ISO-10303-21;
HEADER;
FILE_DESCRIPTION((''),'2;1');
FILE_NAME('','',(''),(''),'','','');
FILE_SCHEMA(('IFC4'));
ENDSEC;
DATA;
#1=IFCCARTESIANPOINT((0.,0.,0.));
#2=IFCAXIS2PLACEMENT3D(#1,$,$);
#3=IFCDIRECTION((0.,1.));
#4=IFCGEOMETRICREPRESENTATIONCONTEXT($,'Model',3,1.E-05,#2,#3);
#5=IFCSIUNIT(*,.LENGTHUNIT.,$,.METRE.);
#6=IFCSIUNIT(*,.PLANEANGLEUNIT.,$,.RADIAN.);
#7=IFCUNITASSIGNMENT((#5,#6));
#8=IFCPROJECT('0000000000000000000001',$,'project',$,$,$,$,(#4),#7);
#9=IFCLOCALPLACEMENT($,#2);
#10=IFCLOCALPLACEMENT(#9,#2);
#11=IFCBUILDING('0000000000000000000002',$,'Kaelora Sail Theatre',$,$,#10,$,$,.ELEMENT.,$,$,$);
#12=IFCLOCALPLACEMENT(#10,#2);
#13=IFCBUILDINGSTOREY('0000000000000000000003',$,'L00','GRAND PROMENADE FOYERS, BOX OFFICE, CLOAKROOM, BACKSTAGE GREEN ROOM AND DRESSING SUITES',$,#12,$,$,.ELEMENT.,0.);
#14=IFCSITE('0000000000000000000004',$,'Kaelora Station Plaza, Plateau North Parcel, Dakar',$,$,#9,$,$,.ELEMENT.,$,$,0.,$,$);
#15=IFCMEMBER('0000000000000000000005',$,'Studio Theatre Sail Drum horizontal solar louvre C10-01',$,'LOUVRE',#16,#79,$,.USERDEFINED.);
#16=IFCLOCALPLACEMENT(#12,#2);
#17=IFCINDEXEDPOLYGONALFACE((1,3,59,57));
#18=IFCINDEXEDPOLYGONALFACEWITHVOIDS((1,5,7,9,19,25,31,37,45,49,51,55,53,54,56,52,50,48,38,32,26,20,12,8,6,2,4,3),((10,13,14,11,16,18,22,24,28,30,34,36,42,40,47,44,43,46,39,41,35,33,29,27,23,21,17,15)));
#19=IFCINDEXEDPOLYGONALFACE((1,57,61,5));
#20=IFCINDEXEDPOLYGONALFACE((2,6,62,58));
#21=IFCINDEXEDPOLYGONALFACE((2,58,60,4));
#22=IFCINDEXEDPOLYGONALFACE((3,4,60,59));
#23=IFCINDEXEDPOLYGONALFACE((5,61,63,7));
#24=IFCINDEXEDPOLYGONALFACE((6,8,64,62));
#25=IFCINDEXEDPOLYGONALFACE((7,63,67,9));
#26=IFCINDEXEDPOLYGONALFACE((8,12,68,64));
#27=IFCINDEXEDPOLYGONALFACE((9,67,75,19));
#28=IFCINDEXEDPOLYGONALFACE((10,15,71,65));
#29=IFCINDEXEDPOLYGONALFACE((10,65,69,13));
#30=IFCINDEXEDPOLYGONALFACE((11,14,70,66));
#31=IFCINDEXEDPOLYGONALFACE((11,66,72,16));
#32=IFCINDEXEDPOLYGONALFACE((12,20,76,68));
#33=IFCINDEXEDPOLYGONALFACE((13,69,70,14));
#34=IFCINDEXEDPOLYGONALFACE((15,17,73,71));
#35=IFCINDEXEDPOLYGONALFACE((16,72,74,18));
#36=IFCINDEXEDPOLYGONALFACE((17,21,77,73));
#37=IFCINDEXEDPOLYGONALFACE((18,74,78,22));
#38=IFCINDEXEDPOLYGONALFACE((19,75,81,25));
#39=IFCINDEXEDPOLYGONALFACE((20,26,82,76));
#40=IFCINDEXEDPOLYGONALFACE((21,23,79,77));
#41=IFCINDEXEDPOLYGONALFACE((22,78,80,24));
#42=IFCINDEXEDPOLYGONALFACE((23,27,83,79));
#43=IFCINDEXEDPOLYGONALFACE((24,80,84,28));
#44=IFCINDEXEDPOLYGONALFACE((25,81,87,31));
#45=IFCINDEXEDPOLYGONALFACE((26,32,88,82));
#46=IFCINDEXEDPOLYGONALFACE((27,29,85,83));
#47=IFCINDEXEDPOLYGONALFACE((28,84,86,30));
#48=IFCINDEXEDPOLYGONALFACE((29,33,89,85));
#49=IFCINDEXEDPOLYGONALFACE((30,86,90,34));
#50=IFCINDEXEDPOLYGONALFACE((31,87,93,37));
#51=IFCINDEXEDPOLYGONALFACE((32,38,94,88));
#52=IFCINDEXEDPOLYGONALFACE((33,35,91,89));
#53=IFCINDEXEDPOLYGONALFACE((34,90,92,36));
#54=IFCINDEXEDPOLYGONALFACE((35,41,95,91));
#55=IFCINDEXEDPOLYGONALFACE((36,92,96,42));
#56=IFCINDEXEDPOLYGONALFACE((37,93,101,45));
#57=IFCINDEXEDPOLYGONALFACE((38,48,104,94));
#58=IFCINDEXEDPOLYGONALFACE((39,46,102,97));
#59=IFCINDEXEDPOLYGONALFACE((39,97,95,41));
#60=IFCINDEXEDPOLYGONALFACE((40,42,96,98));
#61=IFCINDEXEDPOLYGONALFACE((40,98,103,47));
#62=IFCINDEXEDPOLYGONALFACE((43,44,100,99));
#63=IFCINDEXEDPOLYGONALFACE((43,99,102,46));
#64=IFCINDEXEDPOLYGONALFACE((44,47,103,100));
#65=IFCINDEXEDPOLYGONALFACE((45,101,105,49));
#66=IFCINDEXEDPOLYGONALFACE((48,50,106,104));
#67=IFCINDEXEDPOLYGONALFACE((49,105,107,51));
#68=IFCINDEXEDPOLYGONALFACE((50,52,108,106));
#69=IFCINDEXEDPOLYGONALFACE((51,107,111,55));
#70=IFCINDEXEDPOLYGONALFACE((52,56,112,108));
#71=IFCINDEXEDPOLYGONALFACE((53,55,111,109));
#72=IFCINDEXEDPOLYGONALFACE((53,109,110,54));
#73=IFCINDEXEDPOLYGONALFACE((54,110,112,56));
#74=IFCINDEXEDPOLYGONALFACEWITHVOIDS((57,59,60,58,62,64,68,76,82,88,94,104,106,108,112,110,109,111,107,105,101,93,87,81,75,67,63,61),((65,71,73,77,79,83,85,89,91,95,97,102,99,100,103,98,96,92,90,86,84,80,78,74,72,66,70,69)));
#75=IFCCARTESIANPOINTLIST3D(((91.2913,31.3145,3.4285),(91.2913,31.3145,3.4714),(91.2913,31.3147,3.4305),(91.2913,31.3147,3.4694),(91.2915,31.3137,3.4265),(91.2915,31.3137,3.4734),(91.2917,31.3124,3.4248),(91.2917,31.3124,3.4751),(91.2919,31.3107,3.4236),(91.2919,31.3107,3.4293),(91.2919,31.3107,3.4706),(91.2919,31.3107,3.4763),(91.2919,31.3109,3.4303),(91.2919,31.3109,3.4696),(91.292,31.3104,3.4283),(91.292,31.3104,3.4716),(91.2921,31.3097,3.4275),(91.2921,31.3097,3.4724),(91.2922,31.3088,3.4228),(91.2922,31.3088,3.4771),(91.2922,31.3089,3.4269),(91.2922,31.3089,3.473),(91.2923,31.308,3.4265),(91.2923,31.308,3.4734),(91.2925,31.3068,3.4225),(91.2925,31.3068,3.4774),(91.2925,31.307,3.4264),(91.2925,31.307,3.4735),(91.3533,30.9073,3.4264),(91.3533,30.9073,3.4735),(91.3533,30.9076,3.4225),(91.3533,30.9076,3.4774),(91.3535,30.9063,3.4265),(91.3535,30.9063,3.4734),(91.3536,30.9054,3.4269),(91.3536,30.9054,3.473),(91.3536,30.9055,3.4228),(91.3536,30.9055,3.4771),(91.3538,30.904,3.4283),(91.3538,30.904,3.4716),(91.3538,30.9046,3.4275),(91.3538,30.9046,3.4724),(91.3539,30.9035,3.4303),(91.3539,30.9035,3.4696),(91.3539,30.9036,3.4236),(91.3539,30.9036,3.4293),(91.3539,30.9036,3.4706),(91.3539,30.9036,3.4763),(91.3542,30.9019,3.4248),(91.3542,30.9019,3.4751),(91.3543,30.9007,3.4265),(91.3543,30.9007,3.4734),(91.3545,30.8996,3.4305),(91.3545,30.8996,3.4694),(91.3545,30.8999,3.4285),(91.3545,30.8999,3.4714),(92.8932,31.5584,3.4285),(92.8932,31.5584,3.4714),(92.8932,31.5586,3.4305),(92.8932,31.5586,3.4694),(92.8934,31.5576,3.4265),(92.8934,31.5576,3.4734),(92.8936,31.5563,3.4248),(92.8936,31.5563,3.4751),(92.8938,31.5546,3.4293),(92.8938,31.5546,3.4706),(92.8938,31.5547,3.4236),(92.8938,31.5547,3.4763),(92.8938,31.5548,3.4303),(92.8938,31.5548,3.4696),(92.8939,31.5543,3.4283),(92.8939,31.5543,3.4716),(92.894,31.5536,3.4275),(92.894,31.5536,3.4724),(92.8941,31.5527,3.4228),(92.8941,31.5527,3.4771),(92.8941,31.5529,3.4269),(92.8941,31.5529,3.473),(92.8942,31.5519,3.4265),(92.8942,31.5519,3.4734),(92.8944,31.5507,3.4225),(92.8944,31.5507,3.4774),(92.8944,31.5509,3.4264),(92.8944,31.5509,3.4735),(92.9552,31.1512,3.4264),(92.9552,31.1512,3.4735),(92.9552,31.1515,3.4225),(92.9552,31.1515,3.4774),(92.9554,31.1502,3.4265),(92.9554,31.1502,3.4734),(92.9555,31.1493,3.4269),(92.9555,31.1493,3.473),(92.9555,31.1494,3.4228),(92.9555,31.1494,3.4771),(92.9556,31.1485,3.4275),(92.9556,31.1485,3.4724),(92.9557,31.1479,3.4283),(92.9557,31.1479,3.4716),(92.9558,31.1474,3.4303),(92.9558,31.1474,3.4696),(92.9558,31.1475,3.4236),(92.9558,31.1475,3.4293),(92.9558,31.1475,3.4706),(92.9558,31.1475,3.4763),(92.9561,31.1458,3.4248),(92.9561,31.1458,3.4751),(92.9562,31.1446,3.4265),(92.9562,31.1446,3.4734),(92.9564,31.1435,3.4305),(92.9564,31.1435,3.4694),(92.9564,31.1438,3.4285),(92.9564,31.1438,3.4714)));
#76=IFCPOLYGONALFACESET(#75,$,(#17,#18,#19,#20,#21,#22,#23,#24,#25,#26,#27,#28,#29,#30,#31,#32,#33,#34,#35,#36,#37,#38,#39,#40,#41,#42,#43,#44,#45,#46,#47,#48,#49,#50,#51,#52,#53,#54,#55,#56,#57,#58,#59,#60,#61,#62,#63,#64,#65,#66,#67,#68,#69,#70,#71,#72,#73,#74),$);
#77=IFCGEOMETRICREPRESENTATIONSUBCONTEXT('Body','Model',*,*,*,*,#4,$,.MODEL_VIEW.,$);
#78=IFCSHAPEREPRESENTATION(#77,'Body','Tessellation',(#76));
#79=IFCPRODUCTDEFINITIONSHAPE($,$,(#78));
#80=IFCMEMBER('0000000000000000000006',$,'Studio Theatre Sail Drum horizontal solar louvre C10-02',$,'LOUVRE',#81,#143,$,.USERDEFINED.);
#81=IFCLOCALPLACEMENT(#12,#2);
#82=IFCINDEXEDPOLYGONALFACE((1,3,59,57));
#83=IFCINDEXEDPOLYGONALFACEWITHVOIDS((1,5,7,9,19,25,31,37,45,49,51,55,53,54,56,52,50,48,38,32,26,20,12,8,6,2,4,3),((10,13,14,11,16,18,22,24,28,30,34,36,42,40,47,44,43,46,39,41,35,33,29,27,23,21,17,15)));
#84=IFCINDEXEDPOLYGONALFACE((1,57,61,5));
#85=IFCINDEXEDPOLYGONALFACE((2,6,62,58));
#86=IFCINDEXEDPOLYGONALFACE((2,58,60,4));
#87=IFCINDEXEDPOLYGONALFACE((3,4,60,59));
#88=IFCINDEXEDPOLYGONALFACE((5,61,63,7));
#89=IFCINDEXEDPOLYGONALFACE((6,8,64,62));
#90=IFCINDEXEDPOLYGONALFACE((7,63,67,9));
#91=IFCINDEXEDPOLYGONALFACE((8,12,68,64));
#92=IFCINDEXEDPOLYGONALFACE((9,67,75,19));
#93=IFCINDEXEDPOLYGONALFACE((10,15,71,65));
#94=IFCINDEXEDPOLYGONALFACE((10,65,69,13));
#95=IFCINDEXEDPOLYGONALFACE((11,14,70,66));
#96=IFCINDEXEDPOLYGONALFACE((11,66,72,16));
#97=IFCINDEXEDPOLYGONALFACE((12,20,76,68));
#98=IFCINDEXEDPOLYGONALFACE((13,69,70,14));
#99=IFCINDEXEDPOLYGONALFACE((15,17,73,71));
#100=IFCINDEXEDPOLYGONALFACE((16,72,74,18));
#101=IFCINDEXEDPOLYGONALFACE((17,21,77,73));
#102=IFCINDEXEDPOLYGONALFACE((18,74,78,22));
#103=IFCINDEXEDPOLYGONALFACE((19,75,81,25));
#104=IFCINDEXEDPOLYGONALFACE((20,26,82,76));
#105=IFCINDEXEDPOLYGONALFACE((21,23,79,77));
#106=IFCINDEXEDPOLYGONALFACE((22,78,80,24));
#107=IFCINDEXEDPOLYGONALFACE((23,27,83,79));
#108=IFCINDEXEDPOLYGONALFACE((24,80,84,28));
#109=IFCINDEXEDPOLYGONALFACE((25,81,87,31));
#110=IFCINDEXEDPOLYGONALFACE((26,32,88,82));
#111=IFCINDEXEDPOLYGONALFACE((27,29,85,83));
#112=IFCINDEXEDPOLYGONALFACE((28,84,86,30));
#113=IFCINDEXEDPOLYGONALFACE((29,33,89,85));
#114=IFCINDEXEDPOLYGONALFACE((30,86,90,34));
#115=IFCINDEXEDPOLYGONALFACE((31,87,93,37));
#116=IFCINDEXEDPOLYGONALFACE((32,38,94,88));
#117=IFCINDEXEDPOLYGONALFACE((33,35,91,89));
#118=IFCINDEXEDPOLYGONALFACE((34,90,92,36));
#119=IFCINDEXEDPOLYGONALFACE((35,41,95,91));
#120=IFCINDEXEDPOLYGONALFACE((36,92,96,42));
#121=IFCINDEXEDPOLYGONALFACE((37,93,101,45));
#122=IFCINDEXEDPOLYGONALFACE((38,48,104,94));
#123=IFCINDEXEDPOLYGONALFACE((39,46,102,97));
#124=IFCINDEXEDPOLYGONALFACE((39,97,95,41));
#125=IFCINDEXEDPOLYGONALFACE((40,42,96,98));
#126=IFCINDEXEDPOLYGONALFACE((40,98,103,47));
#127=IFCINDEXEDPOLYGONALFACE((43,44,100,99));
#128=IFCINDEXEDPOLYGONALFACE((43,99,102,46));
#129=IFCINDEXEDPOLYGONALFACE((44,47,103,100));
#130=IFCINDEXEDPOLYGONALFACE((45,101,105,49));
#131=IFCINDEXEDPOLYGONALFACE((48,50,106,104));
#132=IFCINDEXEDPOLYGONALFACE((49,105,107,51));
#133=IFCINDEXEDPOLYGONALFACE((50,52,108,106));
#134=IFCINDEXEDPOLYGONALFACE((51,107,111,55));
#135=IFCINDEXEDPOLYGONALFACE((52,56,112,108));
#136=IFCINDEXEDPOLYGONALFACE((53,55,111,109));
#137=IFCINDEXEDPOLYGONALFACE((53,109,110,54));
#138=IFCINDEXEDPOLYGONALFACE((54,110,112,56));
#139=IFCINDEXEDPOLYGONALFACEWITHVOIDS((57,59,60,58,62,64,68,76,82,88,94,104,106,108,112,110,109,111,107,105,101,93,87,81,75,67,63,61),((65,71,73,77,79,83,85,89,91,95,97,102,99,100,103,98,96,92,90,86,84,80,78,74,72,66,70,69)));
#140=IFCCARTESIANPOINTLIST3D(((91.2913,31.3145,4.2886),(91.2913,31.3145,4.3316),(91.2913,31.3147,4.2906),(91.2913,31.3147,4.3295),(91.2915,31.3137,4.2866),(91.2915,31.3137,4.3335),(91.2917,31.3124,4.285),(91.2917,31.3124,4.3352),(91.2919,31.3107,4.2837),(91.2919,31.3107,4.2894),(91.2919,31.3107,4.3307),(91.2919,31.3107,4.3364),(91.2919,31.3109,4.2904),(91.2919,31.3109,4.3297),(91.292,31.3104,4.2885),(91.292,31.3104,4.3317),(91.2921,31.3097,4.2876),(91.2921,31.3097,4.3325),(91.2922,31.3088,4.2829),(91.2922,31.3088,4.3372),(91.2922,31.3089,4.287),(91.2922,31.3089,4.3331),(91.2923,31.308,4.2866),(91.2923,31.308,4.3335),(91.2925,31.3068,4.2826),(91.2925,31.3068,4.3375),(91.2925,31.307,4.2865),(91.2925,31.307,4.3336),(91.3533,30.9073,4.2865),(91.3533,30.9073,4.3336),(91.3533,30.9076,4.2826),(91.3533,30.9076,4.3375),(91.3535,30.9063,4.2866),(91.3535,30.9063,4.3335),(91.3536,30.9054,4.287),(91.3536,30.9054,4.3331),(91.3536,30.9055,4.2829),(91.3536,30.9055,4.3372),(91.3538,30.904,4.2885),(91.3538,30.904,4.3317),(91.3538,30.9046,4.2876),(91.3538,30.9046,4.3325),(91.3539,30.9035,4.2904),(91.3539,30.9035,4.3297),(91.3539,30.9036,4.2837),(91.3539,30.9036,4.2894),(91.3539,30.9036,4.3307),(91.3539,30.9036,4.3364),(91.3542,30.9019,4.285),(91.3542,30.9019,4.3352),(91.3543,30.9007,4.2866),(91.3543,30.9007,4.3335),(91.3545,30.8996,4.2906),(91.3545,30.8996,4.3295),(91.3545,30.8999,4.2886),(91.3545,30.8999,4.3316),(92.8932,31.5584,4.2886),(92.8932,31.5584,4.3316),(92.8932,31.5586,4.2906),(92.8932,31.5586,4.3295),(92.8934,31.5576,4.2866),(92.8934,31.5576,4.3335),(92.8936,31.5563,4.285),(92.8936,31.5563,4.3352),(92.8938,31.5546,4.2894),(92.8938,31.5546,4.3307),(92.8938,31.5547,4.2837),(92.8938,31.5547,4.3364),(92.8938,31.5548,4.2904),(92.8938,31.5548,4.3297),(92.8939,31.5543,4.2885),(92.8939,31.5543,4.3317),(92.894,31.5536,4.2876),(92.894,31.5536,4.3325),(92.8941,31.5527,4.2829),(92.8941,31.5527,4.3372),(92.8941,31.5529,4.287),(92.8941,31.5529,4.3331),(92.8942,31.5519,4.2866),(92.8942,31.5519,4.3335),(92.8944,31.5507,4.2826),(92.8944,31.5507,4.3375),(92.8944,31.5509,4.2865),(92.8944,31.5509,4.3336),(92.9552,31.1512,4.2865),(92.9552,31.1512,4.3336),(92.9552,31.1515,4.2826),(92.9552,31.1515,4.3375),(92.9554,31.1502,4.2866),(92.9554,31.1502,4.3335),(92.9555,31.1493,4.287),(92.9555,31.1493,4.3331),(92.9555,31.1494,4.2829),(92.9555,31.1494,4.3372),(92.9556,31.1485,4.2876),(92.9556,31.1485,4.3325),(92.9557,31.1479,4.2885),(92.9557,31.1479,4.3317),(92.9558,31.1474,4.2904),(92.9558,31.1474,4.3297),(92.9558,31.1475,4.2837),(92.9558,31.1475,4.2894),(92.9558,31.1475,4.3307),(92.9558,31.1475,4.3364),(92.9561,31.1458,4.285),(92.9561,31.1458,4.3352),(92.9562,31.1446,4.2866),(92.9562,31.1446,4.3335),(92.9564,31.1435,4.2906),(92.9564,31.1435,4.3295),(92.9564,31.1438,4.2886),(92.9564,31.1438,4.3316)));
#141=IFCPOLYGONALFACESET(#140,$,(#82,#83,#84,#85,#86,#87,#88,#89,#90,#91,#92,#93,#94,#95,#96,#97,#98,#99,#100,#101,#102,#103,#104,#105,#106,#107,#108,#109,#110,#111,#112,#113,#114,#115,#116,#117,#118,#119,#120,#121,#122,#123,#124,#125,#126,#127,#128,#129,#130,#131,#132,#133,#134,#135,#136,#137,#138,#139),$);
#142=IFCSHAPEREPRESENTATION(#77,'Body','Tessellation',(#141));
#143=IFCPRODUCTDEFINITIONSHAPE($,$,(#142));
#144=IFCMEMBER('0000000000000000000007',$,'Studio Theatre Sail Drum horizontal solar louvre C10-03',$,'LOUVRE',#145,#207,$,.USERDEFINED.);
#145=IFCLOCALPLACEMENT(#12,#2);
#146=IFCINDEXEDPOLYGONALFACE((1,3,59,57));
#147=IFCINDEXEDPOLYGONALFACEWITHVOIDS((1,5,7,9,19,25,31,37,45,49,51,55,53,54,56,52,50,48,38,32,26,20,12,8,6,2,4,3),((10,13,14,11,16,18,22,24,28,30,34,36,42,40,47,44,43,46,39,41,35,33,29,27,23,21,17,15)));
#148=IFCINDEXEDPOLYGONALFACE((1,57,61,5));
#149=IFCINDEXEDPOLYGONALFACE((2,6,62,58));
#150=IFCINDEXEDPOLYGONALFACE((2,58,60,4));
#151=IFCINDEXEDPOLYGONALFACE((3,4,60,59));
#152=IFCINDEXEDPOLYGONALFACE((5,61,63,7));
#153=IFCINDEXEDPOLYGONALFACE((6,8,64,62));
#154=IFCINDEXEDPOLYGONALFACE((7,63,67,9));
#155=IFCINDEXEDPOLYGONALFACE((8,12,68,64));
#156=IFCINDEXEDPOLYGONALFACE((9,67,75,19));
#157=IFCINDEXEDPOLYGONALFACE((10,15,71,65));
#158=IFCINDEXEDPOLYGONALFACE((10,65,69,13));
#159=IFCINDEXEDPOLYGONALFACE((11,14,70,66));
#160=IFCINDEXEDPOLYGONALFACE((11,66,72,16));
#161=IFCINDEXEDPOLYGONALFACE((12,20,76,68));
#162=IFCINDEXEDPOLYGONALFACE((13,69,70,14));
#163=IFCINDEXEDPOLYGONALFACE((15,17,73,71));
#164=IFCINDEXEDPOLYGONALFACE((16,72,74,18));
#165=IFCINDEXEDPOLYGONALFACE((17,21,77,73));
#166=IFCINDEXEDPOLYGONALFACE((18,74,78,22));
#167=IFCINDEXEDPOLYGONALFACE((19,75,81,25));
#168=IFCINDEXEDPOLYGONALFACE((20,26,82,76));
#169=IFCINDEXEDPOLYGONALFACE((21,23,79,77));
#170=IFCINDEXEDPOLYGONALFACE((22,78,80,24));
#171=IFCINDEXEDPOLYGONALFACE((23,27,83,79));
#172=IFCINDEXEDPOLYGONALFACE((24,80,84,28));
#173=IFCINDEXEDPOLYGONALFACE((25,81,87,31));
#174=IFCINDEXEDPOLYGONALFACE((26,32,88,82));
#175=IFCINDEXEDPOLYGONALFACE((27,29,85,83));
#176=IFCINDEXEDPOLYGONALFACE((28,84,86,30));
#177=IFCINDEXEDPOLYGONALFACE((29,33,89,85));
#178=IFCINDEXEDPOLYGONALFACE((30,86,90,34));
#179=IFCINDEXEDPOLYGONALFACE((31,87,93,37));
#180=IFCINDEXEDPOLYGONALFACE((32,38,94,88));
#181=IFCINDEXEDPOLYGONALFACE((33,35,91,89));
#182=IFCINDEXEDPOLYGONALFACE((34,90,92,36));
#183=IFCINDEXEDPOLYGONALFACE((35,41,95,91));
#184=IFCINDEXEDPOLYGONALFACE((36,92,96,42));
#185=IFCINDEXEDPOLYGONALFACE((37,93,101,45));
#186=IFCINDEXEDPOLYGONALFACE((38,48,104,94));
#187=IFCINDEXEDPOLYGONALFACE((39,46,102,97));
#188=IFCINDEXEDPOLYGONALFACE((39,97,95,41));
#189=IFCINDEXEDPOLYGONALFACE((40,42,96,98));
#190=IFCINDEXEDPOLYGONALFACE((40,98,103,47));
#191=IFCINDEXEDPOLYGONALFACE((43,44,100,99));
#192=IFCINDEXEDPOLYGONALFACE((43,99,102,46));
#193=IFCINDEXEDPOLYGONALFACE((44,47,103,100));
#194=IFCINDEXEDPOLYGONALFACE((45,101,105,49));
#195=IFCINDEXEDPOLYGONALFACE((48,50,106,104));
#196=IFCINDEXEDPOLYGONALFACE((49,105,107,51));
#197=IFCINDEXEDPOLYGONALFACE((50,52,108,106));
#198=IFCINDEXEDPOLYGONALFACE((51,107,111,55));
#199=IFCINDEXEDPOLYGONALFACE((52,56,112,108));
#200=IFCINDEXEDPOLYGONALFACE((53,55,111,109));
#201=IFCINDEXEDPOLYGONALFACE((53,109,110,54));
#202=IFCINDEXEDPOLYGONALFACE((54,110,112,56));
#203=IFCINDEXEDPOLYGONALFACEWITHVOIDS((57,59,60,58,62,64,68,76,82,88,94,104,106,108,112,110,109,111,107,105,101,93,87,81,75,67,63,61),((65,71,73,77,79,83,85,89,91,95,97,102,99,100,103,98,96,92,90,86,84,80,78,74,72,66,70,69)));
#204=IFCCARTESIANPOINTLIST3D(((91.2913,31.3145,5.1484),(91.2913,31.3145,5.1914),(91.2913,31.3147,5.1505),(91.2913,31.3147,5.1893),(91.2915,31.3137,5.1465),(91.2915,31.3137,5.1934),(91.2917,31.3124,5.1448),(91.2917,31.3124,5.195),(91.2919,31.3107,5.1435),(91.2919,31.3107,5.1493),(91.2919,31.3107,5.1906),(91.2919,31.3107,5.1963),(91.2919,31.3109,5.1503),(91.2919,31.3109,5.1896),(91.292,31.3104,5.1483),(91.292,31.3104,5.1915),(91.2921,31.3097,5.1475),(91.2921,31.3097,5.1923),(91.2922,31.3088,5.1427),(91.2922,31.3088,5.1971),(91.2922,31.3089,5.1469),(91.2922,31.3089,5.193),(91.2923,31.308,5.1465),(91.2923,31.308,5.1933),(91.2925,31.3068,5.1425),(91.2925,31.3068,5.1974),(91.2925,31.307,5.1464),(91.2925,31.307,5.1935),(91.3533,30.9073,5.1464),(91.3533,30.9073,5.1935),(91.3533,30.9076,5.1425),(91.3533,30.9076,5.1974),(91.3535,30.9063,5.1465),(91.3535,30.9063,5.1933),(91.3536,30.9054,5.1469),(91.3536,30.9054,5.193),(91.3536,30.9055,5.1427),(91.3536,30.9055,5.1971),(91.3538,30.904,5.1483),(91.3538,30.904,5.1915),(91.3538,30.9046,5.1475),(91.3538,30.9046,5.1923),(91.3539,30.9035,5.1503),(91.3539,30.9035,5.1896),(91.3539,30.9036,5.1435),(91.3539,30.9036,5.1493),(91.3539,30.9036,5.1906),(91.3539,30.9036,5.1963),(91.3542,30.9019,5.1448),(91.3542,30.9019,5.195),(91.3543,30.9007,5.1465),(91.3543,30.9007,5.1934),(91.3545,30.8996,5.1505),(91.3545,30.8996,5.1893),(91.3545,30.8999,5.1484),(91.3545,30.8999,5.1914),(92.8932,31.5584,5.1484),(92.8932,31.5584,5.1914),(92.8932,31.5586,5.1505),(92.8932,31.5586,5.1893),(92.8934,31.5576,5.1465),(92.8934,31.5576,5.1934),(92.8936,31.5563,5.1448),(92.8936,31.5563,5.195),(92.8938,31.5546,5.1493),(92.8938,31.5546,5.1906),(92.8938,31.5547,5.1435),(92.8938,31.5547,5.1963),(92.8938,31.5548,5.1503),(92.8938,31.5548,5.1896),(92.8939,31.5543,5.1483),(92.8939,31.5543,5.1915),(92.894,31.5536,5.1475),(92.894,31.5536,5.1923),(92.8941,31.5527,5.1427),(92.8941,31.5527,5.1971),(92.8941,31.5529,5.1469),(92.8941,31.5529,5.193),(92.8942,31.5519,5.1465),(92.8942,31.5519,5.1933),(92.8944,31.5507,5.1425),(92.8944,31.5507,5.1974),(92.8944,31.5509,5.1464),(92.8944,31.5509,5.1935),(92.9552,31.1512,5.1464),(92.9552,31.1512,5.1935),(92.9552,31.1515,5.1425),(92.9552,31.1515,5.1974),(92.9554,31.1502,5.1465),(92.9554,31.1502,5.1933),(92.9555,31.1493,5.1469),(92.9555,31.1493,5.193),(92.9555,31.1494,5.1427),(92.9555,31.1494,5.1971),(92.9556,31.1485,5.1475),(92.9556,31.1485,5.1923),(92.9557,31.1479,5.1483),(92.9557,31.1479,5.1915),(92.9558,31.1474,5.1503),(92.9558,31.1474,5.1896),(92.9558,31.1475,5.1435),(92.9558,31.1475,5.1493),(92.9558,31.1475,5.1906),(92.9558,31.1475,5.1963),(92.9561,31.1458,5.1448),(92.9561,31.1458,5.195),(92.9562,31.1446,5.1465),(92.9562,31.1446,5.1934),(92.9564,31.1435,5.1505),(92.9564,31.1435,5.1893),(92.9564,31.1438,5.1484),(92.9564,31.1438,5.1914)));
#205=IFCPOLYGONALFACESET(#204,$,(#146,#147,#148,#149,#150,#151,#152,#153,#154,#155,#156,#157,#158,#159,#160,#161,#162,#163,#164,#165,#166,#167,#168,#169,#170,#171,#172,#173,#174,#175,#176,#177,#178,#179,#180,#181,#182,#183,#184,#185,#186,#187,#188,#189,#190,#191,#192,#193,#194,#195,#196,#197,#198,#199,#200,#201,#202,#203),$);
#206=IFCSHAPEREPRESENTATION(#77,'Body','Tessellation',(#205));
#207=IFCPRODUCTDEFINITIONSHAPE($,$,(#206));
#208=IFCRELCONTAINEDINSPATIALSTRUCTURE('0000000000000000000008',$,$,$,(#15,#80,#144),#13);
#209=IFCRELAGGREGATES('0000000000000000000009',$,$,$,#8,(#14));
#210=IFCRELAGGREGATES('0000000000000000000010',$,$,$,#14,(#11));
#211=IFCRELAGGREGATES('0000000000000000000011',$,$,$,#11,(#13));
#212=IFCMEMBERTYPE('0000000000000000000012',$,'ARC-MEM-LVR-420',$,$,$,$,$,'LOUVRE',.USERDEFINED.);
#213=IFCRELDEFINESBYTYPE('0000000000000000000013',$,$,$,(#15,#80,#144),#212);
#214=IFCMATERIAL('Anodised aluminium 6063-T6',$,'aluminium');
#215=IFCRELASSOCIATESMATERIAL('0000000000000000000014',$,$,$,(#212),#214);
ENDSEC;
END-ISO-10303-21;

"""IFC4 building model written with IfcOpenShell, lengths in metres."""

from ifc_helpers import new_model, si_unit, direction, frame, origin, origin_2d, place, context, subcontext, project, spatial, hollow_rectangle, extrude, material, material_profile, profile_set, type_object, element, save


model = new_model("IFC4")

# Units and contexts
model_context = context("Model", 3, precision=1e-05, world=origin(), true_north=direction((0.0, 1.0)))
body_context = subcontext(model_context, "Body", "Model", "MODEL_VIEW")
ifc_project = project(units=[si_unit("LENGTHUNIT", "METRE"), si_unit("PLANEANGLEUNIT", "RADIAN")], contexts=[model_context])

# Site, building, storey
site_placement = place(None, origin())
site = spatial("IfcSite", under=ifc_project, at=site_placement, Name="Kaelora Station Plaza, Plateau North Parcel, Dakar", CompositionType="ELEMENT", RefElevation=0.0)
building_placement = place(site_placement, origin())
building = spatial("IfcBuilding", under=site, at=building_placement, Name="Kaelora Sail Theatre", CompositionType="ELEMENT")
storey_placement = place(building_placement, origin())
storey = spatial("IfcBuildingStorey", under=building, at=storey_placement, Name="L00", Description="GRAND PROMENADE FOYERS, BOX OFFICE, CLOAKROOM, BACKSTAGE GREEN ROOM AND DRESSING SUITES", CompositionType="ELEMENT", Elevation=0.0)

# Members
ifc_material_1 = material(Name="Anodised aluminium 6063-T6", Category="aluminium")
ifc_material_profile_1 = material_profile(ifc_material_1, hollow_rectangle(XDim=0.4199, YDim=0.0549, WallThickness=0.0039, InnerFilletRadius=0.0039, OuterFilletRadius=0.0081, at=origin_2d()), Name="LOUVRE 420x55x4")
ifc_profile_set_1 = profile_set([ifc_material_profile_1], Name="Anodised aluminium 6063-T6")
member_type_1 = type_object("IfcMemberType", Name="ARC-MEM-LVR-420", ElementType="LOUVRE", PredefinedType="USERDEFINED", material=ifc_profile_set_1)
for number, where, z_axis, x_axis, name in (
    (1, (92.9248, 31.3511, 3.45), (-0.988606, -0.150528, 0.0), (0.150528, -0.988606, 0.0), "Studio Theatre Sail Drum horizontal solar louvre C10-01"),
    (2, (92.9248, 31.3511, 4.3101), (-0.988606, -0.150528, 0.0), (0.150528, -0.988606, 0.0), "Studio Theatre Sail Drum horizontal solar louvre C10-02"),
    (3, (92.9248, 31.3511, 5.1699), (-0.988606, -0.150528, 0.0), (0.150528, -0.988606, 0.0), "Studio Theatre Sail Drum horizontal solar louvre C10-03"),
):
    element("IfcMember", number, at=place(storey_placement, frame(where, z_axis=z_axis, x_axis=x_axis)), inside=storey, type_object=member_type_1, Name=name, ObjectType="LOUVRE", PredefinedType="USERDEFINED", context=body_context, shape_type="SweptSolid", body=[
        extrude(hollow_rectangle(XDim=0.4199, YDim=0.0549, WallThickness=0.0039, InnerFilletRadius=0.0039, OuterFilletRadius=0.0081, at=origin_2d()), origin(), (0.0, 0.0, 1.0), 1.6204),
    ])

save(model, "model.ifc")
